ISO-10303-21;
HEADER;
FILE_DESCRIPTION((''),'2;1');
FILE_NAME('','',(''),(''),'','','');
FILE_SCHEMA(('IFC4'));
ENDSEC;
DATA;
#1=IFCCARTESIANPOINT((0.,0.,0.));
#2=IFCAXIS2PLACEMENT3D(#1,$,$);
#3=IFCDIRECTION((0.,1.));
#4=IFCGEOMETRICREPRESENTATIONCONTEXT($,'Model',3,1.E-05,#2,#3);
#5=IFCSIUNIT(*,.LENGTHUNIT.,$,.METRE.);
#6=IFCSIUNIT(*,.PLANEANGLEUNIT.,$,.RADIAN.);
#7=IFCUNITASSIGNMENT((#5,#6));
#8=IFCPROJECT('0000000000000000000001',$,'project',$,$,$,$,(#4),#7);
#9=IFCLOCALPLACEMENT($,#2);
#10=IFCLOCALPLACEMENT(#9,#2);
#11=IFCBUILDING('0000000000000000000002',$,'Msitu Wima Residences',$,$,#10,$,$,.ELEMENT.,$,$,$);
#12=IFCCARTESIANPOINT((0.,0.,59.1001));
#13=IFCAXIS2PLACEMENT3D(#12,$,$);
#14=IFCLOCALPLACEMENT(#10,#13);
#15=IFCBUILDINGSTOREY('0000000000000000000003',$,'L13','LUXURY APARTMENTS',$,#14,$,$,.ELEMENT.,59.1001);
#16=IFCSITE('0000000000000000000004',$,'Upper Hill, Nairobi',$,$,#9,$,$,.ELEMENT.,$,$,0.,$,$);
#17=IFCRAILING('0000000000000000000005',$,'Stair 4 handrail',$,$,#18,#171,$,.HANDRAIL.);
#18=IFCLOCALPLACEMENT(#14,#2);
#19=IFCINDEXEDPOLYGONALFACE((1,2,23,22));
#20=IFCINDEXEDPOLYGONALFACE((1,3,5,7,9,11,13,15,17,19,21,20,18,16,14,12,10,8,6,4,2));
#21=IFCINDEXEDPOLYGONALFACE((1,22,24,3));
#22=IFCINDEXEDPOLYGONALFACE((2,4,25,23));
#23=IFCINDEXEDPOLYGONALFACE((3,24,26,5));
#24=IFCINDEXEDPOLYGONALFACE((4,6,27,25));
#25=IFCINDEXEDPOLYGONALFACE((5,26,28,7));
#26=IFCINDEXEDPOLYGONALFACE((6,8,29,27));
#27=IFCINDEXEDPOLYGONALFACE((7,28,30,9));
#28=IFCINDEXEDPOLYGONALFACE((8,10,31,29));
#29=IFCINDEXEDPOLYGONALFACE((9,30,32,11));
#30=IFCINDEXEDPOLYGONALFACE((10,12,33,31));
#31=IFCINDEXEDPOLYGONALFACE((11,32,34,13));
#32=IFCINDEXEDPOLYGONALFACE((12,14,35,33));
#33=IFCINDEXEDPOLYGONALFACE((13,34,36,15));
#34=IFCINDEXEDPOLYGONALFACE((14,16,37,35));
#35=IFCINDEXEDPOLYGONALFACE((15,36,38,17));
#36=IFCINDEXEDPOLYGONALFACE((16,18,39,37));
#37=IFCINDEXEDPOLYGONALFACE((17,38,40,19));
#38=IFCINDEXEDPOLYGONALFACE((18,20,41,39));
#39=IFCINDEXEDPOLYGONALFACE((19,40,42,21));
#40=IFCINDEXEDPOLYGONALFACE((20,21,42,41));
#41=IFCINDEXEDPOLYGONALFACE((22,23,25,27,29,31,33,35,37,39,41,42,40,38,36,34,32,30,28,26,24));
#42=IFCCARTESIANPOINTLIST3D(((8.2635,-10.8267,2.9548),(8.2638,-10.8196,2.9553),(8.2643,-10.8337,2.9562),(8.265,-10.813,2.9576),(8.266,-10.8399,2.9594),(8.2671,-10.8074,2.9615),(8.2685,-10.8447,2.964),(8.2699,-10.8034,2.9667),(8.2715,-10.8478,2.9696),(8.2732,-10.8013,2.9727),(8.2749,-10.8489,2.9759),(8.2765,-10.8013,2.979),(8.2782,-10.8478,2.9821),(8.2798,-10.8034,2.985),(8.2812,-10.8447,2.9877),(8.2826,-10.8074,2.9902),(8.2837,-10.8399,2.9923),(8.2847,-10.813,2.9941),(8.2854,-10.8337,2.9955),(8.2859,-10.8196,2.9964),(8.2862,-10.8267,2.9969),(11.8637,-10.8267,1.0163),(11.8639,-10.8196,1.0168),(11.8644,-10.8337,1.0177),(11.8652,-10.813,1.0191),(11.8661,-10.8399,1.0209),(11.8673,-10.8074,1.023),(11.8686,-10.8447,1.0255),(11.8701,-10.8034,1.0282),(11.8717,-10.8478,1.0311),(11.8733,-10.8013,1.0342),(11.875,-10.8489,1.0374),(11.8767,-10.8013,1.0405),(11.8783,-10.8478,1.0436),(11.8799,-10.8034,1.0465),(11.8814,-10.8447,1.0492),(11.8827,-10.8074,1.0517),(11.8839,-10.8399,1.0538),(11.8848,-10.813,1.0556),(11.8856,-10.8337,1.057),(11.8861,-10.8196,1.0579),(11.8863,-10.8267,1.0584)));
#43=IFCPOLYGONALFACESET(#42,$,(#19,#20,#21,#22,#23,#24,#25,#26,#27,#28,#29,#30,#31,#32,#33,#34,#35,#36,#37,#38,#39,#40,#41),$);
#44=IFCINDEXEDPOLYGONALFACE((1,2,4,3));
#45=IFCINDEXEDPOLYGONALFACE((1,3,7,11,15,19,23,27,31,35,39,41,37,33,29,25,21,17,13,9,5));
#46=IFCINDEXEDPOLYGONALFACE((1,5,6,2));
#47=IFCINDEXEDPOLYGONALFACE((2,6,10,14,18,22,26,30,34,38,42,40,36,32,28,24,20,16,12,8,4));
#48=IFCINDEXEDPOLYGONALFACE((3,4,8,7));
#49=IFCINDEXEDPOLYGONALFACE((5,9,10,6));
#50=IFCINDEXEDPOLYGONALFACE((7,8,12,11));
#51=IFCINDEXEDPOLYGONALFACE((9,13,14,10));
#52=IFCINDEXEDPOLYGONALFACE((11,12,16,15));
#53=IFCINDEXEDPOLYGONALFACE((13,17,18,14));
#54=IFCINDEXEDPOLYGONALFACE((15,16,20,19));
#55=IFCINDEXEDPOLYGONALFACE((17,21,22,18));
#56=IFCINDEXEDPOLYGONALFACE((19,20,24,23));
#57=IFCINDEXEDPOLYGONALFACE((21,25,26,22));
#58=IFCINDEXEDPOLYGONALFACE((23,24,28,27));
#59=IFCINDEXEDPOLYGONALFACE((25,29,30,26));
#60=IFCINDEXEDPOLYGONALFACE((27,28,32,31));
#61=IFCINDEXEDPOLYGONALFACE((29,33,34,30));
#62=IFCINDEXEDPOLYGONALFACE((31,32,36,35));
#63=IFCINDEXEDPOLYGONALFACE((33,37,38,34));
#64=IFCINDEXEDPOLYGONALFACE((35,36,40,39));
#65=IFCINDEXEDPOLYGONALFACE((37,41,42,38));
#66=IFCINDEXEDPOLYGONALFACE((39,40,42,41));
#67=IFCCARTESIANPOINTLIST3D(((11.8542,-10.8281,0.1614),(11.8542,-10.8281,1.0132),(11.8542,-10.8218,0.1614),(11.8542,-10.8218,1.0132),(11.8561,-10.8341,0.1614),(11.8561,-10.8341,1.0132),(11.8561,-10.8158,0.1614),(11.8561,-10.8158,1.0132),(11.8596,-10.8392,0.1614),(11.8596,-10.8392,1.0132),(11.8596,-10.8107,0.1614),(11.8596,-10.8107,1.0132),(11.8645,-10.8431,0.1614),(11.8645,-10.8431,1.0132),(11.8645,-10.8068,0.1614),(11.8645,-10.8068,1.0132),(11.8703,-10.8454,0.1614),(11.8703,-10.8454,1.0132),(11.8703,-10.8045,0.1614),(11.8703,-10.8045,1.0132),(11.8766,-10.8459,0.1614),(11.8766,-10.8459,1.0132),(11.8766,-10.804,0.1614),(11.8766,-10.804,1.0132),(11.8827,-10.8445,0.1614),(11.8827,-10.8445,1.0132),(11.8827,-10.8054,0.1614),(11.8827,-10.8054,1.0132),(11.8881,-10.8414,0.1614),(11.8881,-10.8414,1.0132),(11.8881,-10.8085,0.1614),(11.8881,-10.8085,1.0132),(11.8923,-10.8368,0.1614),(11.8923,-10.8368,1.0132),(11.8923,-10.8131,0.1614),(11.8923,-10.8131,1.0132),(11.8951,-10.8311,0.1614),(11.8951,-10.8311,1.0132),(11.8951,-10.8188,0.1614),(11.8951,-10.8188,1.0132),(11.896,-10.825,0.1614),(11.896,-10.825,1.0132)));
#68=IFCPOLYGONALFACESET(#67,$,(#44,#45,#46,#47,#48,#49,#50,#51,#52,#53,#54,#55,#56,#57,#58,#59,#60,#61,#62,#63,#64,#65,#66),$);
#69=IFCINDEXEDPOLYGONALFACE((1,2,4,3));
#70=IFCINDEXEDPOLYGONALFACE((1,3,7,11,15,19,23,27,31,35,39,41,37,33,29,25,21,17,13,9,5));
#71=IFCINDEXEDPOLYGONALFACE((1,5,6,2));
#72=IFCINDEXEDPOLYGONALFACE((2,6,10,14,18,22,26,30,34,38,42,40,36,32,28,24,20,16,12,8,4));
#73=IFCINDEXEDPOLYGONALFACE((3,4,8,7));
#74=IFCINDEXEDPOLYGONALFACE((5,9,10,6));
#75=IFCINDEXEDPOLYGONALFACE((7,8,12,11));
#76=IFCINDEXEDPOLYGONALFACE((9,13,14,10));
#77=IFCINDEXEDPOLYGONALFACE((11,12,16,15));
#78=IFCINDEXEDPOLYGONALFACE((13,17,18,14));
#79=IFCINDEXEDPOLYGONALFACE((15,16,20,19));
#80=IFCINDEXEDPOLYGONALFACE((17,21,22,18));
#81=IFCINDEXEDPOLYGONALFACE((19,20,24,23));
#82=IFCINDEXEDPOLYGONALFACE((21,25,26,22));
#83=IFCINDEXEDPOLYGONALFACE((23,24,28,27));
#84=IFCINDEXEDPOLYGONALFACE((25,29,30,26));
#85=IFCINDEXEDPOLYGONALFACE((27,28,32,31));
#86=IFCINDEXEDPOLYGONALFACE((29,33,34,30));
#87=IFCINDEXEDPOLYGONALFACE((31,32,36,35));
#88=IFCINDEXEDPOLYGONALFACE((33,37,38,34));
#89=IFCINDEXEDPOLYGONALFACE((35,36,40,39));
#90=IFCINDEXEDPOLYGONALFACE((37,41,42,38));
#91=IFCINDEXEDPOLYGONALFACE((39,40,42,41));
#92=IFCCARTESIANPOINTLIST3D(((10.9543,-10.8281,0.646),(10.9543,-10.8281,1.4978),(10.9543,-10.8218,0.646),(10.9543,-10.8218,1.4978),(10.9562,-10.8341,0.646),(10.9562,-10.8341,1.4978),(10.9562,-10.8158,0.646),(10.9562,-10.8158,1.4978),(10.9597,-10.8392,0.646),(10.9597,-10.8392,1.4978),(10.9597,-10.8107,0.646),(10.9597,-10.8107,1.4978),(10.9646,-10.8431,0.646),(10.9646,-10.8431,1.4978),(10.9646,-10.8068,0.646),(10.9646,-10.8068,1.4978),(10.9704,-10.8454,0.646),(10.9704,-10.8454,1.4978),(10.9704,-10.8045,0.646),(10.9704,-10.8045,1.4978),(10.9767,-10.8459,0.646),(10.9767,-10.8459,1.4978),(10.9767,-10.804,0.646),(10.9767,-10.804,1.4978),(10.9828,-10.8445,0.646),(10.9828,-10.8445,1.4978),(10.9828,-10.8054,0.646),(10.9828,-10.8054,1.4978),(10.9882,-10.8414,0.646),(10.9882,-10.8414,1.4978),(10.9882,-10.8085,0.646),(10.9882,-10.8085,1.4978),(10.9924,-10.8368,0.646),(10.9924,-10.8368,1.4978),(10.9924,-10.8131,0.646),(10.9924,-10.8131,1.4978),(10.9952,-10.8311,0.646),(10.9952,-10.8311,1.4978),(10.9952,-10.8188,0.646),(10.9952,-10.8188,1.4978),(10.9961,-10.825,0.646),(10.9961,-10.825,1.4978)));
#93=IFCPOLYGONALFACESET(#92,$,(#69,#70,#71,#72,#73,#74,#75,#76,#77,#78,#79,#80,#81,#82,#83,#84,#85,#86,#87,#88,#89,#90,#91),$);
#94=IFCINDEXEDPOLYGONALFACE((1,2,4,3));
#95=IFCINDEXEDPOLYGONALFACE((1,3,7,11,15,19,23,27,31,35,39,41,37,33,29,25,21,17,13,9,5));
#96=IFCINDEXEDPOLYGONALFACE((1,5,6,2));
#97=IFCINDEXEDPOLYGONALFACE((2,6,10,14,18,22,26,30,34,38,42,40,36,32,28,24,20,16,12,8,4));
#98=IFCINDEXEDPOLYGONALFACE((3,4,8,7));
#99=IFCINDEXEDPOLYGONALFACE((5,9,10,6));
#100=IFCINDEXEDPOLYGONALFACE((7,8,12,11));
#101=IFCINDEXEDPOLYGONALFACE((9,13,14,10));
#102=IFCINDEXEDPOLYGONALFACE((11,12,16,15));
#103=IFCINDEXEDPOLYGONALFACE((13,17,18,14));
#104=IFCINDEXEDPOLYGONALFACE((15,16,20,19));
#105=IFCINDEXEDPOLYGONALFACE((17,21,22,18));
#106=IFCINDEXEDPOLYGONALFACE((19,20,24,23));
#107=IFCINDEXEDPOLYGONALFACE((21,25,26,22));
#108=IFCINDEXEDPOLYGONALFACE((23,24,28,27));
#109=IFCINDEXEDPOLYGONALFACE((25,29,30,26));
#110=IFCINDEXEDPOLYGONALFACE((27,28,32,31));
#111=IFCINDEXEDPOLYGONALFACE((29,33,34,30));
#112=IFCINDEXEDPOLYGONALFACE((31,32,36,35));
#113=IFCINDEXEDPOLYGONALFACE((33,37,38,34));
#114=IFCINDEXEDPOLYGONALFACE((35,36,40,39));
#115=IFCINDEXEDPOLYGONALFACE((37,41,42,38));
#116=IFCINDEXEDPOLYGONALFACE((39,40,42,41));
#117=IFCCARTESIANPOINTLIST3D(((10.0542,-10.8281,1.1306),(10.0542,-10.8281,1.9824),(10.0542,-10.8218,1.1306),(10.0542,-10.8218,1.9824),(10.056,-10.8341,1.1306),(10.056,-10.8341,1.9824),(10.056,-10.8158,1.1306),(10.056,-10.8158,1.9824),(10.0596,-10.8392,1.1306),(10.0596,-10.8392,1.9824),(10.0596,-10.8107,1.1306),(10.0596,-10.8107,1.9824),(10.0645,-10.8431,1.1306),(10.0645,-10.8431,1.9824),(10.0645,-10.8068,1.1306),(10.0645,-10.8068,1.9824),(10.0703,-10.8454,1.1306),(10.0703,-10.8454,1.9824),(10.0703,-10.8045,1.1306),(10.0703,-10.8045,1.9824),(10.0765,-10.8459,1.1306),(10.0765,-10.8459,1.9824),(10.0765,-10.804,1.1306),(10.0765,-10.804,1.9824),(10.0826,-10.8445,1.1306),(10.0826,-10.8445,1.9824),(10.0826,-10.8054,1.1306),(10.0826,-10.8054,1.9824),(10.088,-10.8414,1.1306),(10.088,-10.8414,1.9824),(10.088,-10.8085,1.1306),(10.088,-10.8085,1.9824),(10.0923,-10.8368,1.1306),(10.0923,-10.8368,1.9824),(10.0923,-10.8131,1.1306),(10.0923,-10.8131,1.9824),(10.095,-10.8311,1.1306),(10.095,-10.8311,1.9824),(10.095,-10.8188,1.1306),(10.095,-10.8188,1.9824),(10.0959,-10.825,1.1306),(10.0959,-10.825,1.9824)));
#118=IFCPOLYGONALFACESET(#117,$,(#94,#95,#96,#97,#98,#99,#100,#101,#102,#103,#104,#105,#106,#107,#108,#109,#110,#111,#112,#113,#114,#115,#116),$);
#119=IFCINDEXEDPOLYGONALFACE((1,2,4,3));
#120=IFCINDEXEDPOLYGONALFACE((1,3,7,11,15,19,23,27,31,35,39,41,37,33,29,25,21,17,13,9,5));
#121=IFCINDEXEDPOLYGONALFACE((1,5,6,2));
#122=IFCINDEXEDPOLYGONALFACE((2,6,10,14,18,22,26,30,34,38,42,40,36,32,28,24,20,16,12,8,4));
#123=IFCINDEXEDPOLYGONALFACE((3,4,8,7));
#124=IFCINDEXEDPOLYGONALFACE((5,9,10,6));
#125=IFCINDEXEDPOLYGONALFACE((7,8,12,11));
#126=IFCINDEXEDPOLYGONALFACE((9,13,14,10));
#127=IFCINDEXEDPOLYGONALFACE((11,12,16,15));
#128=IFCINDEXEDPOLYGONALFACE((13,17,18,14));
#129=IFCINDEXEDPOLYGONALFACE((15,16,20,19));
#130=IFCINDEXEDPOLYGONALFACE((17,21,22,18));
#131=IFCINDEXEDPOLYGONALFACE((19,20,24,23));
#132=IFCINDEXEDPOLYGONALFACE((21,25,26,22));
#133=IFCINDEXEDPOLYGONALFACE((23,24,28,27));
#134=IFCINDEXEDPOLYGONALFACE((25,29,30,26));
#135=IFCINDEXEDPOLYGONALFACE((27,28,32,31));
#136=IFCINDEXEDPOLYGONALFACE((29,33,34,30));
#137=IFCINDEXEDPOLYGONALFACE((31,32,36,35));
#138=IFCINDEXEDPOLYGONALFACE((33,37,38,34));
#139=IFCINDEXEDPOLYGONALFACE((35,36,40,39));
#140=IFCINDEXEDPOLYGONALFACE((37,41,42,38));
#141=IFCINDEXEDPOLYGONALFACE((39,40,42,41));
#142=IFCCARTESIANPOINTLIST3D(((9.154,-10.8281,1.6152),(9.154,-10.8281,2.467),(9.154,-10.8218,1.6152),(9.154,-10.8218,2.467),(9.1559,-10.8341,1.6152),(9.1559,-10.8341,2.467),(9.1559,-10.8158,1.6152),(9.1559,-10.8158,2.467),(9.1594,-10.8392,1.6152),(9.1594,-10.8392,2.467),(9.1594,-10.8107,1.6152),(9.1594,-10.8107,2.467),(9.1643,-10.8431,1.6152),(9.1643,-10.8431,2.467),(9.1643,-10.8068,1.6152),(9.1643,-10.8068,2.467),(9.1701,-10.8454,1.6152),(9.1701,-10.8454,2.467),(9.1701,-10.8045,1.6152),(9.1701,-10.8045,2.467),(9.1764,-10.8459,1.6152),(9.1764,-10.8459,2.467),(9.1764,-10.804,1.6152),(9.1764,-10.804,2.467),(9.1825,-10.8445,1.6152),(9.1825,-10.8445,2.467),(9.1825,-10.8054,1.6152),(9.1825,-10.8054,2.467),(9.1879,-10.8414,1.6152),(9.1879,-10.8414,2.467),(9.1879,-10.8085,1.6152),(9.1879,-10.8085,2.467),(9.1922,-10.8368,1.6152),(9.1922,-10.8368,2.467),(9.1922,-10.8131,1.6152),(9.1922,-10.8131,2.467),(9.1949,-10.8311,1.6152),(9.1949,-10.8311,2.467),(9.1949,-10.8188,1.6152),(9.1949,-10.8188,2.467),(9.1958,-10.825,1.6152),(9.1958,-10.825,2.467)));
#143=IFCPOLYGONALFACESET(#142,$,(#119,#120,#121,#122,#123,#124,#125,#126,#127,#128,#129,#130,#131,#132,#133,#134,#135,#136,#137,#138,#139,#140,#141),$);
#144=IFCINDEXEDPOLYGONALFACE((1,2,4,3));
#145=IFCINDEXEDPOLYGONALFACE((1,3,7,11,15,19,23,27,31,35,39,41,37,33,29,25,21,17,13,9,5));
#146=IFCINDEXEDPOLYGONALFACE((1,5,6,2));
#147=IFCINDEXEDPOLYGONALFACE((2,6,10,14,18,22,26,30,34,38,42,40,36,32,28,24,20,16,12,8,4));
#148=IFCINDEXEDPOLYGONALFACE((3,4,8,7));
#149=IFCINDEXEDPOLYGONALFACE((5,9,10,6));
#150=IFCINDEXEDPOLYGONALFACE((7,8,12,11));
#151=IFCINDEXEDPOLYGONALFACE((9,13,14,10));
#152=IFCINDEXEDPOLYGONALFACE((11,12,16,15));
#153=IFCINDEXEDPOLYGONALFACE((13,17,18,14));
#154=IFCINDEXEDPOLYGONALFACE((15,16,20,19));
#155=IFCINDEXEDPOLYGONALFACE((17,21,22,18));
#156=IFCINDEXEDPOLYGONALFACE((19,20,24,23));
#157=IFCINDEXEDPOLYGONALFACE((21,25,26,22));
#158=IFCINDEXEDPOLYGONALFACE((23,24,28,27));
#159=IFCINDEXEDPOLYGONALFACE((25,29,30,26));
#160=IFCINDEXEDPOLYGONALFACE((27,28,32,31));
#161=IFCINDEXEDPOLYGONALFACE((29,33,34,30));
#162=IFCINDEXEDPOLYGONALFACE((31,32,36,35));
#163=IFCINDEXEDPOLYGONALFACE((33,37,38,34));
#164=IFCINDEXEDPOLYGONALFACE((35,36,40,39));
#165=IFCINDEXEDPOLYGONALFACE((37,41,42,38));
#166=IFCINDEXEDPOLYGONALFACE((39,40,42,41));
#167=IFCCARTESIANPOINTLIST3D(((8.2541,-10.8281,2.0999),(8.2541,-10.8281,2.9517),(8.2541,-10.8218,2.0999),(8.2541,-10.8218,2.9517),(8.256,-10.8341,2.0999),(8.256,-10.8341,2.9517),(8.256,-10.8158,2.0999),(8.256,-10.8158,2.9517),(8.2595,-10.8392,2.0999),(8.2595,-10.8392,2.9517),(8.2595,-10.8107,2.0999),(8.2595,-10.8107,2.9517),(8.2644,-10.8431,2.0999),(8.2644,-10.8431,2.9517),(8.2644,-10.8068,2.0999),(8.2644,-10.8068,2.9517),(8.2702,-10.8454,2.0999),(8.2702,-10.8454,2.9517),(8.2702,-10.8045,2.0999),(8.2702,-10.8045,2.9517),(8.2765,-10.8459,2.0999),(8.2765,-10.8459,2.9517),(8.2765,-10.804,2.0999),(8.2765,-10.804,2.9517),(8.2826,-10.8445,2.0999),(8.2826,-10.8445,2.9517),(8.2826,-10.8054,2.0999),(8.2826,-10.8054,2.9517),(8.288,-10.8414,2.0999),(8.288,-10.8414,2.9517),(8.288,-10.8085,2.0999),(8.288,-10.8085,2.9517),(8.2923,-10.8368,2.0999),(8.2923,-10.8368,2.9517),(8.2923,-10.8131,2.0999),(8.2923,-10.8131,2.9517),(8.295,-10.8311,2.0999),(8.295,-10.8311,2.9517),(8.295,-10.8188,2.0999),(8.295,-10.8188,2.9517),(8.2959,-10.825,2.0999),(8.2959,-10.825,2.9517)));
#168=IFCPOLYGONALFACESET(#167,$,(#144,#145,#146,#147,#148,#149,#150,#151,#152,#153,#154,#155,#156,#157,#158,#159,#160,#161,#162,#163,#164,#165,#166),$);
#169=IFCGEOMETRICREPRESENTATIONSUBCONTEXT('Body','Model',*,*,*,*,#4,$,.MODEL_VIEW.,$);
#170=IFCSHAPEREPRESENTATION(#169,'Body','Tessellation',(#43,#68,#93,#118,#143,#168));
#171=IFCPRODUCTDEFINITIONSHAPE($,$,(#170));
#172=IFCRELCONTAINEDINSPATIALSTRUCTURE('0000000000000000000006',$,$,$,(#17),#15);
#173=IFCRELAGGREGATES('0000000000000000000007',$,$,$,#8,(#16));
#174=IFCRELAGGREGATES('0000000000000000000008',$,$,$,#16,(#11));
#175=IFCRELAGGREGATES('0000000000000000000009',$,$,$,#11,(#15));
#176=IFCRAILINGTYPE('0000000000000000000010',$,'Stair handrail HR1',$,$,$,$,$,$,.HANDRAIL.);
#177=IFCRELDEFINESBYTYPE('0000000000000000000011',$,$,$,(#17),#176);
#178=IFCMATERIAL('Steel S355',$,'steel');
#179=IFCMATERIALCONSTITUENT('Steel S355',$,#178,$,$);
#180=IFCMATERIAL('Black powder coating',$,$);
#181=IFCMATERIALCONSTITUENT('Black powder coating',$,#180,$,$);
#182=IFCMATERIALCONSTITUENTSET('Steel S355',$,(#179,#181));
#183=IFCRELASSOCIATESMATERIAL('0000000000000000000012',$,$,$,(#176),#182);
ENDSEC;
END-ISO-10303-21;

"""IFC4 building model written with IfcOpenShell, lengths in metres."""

from ifc_helpers import new_model, si_unit, direction, frame, origin, origin_2d, place, context, subcontext, project, spatial, circle, extrude, material, constituent, constituent_set, type_object, element, save


model = new_model("IFC4")

# Units and contexts
model_context = context("Model", 3, precision=1e-05, world=origin(), true_north=direction((0.0, 1.0)))
body_context = subcontext(model_context, "Body", "Model", "MODEL_VIEW")
ifc_project = project(units=[si_unit("LENGTHUNIT", "METRE"), si_unit("PLANEANGLEUNIT", "RADIAN")], contexts=[model_context])

# Site, building, storey
site_placement = place(None, origin())
site = spatial("IfcSite", under=ifc_project, at=site_placement, Name="Upper Hill, Nairobi", CompositionType="ELEMENT", RefElevation=0.0)
building_placement = place(site_placement, origin())
building = spatial("IfcBuilding", under=site, at=building_placement, Name="Msitu Wima Residences", CompositionType="ELEMENT")
storey_placement = place(building_placement, frame((0.0, 0.0, 59.1001)))
storey = spatial("IfcBuildingStorey", under=building, at=storey_placement, Name="L13", Description="LUXURY APARTMENTS", CompositionType="ELEMENT", Elevation=59.1001)

# Railing
ifc_material_1 = material(Name="Steel S355", Category="steel")
ifc_constituent_1 = constituent(ifc_material_1, Name="Steel S355")
ifc_material_2 = material(Name="Black powder coating")
ifc_constituent_2 = constituent(ifc_material_2, Name="Black powder coating")
ifc_constituent_set = constituent_set(constituents=[ifc_constituent_1, ifc_constituent_2], Name="Steel S355")
railing_type = type_object("IfcRailingType", Name="Stair handrail HR1", PredefinedType="HANDRAIL", material=ifc_constituent_set)
for number, where, name in (
    (1, (11.875, -10.825, 0.1614), "Stair 4 handrail"),
):
    element("IfcRailing", number, at=place(storey_placement, frame(where)), inside=storey, type_object=railing_type, Name=name, PredefinedType="HANDRAIL", context=body_context, shape_type="SweptSolid", body=[
        extrude(circle(Radius=0.0239, at=origin_2d()), frame((0.0, 0.0, 0.876), z_axis=(-0.880475, 0.0, 0.474093), x_axis=(0.0, -1.0, 0.0)), (0.0, 0.0, 1.0), 4.0889),
        extrude(circle(Radius=0.021, at=origin_2d()), origin(), (0.0, 0.0, 1.0), 0.8518),
        extrude(circle(Radius=0.021, at=origin_2d()), frame((-0.8999, 0.0, 0.4846)), (0.0, 0.0, 1.0), 0.8518),
        extrude(circle(Radius=0.021, at=origin_2d()), frame((-1.8, 0.0, 0.9692)), (0.0, 0.0, 1.0), 0.8518),
        extrude(circle(Radius=0.021, at=origin_2d()), frame((-2.7002, 0.0, 1.4539)), (0.0, 0.0, 1.0), 0.8518),
        extrude(circle(Radius=0.021, at=origin_2d()), frame((-3.6001, 0.0, 1.9385)), (0.0, 0.0, 1.0), 0.8518),
    ])

save(model, "model.ifc")
